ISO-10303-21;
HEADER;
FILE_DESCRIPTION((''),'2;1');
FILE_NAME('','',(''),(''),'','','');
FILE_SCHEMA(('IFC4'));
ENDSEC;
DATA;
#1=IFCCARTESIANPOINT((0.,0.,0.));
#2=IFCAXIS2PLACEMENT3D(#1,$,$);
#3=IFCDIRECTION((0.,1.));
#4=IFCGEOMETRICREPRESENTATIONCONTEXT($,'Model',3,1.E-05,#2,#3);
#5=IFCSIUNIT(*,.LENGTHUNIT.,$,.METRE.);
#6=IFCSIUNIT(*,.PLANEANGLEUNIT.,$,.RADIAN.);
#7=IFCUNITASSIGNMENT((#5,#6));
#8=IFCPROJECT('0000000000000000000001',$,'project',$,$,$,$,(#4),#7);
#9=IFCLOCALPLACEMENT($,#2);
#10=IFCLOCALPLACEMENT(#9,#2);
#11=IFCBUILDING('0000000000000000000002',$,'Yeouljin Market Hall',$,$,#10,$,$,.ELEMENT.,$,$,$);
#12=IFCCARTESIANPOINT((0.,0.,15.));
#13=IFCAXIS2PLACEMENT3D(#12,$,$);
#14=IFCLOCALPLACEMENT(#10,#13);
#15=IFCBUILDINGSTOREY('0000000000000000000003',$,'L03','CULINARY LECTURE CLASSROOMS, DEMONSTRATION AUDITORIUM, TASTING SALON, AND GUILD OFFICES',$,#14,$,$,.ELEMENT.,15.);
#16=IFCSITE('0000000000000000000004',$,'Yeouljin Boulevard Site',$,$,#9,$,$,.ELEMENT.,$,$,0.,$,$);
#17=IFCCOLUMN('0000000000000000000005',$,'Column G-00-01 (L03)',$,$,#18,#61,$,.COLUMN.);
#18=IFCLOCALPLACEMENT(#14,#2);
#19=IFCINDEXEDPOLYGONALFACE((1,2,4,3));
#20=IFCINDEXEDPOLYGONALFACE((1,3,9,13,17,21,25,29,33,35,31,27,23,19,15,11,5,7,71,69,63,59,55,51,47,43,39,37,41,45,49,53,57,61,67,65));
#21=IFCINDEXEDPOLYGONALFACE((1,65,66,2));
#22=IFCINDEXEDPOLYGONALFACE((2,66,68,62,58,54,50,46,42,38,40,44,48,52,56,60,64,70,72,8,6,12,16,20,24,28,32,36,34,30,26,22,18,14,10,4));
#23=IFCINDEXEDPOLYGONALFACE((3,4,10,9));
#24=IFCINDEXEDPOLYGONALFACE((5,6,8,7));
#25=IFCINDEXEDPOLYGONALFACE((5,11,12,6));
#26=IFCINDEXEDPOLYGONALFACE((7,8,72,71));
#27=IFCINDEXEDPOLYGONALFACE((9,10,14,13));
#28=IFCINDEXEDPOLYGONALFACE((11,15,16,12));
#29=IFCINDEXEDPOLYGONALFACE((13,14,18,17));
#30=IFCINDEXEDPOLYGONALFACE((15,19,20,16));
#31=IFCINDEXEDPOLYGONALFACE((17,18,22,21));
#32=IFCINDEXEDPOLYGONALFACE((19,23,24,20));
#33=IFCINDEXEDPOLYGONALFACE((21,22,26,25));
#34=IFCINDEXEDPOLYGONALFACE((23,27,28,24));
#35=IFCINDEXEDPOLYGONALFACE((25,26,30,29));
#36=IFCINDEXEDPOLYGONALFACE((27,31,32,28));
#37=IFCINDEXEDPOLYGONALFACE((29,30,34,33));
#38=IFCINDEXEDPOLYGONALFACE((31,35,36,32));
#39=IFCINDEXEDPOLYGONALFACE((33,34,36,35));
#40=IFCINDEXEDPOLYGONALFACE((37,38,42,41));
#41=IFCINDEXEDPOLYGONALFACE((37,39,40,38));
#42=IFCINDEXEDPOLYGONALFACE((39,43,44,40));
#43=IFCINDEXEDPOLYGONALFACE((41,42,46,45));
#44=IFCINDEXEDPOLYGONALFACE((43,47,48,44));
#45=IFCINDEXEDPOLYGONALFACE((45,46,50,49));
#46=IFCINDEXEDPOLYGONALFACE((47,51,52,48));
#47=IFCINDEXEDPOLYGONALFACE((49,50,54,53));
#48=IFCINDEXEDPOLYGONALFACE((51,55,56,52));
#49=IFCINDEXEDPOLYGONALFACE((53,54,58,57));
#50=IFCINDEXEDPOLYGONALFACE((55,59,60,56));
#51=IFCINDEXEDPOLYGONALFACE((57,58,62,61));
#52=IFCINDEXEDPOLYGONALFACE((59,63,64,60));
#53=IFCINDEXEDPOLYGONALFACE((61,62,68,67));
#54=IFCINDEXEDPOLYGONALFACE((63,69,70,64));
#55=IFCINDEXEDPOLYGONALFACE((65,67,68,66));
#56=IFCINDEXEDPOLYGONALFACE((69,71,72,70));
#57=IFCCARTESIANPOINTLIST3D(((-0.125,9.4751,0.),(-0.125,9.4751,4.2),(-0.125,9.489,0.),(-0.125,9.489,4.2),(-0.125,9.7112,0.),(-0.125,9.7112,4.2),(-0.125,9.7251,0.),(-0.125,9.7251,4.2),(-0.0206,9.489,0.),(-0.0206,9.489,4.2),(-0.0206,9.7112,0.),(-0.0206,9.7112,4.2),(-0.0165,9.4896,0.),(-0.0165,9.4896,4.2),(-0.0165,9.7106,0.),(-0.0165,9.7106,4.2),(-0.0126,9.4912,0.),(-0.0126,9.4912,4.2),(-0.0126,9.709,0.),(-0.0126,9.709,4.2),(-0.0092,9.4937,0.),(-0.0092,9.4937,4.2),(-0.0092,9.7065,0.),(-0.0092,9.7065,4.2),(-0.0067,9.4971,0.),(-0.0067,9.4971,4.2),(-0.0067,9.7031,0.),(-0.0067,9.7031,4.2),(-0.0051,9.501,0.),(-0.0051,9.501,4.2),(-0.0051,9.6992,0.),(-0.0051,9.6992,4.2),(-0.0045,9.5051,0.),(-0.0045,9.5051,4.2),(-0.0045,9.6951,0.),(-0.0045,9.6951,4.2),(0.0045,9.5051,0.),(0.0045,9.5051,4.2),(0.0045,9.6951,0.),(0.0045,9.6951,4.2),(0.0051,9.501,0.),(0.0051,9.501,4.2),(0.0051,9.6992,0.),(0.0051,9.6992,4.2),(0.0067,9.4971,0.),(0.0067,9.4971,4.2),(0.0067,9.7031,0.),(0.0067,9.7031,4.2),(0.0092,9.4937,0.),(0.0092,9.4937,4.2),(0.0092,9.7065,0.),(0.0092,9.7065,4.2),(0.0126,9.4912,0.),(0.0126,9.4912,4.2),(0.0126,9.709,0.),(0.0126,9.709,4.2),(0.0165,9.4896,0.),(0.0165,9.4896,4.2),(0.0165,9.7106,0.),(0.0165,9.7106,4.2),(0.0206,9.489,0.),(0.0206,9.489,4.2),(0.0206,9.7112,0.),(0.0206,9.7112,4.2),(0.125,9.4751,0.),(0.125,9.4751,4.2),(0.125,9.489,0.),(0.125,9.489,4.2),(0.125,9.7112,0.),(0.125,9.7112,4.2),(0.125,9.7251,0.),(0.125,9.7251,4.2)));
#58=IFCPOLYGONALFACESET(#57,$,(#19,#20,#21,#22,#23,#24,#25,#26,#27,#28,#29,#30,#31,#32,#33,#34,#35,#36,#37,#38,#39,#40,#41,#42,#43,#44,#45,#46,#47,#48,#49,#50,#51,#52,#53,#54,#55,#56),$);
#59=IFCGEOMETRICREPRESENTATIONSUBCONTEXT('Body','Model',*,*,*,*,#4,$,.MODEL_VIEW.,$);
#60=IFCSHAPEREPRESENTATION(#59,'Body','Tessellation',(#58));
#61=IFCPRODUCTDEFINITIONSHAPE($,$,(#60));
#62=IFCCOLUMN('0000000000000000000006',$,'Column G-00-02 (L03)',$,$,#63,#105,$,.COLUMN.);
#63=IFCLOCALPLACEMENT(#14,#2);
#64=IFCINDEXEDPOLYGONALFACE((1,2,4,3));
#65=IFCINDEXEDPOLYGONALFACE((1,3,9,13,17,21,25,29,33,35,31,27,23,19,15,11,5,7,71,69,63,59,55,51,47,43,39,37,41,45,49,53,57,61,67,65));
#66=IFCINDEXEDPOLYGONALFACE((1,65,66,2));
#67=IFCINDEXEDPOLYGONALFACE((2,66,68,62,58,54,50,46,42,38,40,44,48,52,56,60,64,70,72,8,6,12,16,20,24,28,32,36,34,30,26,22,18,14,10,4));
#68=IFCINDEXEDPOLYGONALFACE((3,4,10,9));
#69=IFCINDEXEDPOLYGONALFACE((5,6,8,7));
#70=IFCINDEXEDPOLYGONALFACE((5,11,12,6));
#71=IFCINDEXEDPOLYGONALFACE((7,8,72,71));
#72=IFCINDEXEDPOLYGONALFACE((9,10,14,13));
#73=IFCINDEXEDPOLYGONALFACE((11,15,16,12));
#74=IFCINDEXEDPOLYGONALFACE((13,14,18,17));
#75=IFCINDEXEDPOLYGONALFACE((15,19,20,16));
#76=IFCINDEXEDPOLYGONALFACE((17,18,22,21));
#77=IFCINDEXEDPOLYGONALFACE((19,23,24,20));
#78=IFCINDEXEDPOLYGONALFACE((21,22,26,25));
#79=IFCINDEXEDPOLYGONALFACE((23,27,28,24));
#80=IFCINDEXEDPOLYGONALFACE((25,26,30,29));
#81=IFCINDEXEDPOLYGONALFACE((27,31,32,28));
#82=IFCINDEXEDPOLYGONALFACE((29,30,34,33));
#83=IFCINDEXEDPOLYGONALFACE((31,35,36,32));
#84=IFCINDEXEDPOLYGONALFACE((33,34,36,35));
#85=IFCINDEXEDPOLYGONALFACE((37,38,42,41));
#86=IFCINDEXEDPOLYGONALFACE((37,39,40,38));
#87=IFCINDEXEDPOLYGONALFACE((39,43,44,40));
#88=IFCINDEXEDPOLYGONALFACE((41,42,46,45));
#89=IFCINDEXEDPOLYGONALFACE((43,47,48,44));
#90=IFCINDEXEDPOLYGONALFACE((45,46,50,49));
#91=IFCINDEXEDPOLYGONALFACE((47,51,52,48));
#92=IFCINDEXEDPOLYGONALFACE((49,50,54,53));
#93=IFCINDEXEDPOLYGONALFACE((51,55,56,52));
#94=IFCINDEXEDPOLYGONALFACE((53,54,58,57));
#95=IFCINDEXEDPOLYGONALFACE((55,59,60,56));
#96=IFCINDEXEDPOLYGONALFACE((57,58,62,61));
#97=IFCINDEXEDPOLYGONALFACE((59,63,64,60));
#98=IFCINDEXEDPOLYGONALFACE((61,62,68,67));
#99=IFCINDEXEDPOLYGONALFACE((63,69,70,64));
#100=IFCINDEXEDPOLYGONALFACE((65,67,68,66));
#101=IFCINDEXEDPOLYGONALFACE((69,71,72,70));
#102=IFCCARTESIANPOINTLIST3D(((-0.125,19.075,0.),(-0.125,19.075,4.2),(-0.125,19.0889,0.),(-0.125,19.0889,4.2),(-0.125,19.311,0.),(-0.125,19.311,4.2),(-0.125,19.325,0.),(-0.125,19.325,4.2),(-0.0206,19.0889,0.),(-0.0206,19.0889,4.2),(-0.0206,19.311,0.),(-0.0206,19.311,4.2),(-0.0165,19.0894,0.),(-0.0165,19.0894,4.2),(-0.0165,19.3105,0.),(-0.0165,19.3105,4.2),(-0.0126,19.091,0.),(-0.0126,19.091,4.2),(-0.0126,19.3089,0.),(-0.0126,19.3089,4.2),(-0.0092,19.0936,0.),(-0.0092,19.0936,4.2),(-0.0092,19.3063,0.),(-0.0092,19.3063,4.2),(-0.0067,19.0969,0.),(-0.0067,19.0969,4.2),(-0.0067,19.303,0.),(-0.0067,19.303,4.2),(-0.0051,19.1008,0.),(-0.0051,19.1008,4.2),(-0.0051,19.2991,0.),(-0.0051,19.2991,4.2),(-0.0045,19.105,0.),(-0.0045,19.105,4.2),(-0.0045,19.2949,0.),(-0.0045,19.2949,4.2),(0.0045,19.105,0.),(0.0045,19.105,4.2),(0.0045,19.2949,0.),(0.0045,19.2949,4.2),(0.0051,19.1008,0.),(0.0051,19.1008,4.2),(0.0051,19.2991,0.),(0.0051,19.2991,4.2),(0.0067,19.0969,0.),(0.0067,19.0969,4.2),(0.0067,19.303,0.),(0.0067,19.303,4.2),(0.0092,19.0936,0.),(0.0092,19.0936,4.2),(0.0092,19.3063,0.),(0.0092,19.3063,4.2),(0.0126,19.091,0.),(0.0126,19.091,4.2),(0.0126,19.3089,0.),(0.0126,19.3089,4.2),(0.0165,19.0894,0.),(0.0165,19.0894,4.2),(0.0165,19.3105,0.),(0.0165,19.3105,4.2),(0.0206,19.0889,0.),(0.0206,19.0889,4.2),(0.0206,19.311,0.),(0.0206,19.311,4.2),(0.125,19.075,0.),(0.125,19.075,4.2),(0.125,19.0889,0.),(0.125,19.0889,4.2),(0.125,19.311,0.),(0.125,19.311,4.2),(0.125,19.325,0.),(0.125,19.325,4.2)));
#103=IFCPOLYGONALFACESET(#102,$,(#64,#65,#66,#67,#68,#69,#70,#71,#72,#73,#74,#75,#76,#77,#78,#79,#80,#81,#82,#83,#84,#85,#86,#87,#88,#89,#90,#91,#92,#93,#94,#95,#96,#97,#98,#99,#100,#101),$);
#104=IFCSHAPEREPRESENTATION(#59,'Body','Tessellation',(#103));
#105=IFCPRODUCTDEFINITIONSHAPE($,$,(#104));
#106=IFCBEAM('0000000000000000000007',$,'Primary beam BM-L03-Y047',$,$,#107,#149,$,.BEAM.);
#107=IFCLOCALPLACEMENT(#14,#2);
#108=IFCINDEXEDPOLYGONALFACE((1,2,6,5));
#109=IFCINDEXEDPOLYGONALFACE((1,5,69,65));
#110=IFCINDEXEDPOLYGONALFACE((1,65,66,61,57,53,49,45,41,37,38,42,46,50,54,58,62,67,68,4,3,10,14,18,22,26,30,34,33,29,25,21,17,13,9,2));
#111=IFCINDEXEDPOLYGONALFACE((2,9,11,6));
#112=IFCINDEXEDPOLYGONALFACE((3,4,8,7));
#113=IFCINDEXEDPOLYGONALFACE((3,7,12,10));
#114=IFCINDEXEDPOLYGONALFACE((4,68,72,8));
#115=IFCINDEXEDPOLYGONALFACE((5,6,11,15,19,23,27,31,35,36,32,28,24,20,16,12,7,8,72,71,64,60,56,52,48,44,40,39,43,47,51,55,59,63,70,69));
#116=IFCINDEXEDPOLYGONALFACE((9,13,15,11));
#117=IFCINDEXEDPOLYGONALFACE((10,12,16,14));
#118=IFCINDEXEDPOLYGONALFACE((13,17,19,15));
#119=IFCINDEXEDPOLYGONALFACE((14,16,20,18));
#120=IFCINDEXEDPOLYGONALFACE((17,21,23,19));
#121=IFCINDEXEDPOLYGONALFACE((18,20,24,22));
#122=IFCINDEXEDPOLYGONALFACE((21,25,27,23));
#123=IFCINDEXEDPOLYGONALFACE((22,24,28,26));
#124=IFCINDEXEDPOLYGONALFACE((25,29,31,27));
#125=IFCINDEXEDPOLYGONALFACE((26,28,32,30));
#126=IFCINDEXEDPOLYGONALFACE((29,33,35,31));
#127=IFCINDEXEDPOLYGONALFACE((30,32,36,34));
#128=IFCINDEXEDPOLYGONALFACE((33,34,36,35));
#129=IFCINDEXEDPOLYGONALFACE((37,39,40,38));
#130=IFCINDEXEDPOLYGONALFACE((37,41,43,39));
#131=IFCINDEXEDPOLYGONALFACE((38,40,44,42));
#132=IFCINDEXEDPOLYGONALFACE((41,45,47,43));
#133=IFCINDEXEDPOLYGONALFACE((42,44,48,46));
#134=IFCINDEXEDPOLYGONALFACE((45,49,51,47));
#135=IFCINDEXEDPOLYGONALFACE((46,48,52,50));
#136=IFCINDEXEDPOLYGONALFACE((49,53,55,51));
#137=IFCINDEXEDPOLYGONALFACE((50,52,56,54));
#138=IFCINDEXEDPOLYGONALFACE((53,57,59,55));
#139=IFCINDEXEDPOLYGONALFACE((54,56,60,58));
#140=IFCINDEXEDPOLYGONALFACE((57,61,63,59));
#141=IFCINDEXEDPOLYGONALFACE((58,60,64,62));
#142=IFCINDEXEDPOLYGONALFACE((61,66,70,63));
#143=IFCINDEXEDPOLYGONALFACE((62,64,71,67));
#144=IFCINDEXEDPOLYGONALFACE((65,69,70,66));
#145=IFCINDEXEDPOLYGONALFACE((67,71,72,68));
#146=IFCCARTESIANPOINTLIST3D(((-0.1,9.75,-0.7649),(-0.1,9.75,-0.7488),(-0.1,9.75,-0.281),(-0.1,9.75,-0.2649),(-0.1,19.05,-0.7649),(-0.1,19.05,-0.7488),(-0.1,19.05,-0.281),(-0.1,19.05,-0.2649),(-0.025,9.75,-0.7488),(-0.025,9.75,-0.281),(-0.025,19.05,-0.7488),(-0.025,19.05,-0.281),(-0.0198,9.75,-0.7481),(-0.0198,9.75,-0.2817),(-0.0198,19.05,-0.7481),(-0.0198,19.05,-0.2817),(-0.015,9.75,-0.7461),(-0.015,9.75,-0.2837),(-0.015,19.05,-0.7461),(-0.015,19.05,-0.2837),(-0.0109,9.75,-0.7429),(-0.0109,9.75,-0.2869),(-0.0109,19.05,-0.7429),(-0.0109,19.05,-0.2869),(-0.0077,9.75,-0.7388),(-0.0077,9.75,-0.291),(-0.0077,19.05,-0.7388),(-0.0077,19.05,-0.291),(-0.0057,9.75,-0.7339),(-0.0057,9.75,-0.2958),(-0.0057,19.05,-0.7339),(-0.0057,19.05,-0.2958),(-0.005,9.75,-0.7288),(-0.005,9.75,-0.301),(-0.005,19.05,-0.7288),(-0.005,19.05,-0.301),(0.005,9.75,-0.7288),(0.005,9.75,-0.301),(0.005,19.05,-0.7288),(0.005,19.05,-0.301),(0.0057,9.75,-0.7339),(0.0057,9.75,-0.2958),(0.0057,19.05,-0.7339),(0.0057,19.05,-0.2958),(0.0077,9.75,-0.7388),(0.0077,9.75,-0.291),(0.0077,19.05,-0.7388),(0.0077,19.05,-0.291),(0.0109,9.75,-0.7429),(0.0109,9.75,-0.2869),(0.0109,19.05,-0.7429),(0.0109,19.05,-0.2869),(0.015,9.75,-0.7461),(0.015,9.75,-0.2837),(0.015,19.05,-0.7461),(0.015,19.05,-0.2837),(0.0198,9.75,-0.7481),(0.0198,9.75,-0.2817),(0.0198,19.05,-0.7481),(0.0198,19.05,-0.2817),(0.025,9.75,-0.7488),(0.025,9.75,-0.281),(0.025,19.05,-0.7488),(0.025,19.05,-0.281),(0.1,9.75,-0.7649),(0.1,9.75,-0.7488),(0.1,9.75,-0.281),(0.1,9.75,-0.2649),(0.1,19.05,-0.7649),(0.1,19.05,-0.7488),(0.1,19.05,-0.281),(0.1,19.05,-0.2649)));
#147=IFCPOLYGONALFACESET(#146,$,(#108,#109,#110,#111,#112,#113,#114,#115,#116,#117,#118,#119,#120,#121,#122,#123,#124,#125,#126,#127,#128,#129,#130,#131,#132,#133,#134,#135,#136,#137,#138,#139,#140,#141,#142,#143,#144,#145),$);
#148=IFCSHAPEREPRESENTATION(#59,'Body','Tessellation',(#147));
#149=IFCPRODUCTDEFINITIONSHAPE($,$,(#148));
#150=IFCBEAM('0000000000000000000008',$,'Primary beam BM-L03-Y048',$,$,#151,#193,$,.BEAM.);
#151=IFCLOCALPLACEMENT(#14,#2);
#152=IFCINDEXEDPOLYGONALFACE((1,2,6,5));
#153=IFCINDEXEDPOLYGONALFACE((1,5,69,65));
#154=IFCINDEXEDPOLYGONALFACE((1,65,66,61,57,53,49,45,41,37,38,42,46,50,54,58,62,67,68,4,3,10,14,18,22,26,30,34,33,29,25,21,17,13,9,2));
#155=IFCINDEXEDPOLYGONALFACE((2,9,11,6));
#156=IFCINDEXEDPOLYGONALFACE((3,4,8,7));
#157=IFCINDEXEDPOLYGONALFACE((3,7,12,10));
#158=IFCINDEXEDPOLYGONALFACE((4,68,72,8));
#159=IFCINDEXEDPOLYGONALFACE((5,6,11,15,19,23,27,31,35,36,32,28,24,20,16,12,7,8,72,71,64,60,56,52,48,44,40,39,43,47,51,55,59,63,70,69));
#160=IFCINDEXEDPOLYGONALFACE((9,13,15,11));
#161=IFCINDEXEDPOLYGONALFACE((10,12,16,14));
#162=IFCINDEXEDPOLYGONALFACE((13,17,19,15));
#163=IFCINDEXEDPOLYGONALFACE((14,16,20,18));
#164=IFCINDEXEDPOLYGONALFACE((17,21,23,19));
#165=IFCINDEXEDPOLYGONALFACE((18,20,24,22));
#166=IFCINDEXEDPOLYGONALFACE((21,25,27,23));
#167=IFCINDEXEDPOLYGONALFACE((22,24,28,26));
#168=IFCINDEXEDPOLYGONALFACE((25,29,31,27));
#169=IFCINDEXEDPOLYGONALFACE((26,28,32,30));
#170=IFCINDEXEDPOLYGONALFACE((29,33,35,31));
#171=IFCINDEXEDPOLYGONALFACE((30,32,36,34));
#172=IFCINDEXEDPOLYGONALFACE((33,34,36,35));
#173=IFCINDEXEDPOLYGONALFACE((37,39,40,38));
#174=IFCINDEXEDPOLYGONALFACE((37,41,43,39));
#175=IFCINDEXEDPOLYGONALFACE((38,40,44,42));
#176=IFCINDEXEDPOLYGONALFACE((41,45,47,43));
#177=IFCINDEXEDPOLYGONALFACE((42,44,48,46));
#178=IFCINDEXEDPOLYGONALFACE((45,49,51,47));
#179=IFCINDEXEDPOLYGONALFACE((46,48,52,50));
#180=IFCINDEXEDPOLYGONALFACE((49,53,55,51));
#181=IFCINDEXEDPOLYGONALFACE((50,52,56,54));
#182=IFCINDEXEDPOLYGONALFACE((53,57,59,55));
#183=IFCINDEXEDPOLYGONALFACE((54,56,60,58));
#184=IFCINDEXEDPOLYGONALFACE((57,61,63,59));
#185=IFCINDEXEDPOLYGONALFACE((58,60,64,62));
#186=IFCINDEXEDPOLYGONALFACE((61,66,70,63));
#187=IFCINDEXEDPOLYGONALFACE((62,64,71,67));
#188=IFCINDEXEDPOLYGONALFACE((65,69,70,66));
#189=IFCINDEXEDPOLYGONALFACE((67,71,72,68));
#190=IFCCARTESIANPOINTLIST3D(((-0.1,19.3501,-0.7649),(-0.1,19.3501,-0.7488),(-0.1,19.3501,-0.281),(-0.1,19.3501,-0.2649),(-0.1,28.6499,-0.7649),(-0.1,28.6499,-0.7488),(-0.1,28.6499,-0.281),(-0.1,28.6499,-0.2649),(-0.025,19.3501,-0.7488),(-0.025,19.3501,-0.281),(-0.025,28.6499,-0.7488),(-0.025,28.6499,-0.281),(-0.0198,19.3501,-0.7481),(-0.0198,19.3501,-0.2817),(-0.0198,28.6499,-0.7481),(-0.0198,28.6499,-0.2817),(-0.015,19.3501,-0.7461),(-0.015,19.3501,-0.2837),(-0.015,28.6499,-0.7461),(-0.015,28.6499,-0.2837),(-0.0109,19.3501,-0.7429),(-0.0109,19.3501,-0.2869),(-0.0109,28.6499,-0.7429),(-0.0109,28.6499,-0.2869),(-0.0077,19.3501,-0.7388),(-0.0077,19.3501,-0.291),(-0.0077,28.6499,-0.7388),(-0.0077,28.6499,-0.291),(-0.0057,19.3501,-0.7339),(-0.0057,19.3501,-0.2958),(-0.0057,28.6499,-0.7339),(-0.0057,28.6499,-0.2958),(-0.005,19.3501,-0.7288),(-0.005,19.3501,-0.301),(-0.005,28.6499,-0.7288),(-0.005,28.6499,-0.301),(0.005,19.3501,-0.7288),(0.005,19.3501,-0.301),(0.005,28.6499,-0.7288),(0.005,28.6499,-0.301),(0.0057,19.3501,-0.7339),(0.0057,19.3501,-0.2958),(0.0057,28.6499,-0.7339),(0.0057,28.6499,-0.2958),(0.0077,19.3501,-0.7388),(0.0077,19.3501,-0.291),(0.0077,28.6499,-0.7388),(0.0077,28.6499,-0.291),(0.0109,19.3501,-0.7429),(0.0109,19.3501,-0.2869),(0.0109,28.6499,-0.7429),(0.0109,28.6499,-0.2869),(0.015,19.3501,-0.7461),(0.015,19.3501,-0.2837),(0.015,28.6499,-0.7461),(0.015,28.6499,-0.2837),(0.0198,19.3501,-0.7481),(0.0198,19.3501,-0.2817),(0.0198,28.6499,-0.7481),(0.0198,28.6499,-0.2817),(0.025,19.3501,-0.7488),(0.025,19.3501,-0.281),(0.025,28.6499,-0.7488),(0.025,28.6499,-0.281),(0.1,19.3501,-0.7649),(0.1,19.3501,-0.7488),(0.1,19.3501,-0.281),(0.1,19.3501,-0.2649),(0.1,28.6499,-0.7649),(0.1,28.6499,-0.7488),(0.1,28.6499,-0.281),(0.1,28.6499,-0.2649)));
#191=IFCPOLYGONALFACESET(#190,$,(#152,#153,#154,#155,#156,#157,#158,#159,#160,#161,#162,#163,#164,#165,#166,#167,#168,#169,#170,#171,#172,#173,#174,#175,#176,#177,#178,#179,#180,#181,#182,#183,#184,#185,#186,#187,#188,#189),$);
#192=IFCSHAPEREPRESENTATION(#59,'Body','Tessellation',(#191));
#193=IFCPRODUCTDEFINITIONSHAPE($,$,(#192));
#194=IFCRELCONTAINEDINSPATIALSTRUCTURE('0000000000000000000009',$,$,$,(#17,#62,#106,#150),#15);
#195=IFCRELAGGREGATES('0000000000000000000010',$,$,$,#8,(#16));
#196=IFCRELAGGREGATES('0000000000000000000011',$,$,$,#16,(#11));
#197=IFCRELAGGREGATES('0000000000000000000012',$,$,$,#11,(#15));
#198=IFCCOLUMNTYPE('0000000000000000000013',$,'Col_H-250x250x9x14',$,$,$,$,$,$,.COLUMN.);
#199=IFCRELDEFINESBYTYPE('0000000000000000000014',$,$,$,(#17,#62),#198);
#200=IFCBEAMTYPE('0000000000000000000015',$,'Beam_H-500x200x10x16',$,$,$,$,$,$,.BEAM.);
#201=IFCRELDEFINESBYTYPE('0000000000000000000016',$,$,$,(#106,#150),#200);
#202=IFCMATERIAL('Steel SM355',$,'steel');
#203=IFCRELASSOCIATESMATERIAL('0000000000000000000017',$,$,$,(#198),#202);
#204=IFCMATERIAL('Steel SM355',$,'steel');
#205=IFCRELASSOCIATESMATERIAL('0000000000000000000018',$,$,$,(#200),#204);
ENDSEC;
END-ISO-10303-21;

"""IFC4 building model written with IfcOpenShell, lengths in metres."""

from ifc_helpers import new_model, si_unit, direction, frame, origin, origin_2d, place, context, subcontext, project, spatial, i_section, extrude, material, material_profile, profile_set, type_object, element, save


model = new_model("IFC4")

# Units and contexts
model_context = context("Model", 3, precision=1e-05, world=origin(), true_north=direction((0.0, 1.0)))
body_context = subcontext(model_context, "Body", "Model", "MODEL_VIEW")
ifc_project = project(units=[si_unit("LENGTHUNIT", "METRE"), si_unit("PLANEANGLEUNIT", "RADIAN")], contexts=[model_context])

# Site, building, storey
site_placement = place(None, origin())
site = spatial("IfcSite", under=ifc_project, at=site_placement, Name="Yeouljin Boulevard Site", CompositionType="ELEMENT", RefElevation=0.0)
building_placement = place(site_placement, origin())
building = spatial("IfcBuilding", under=site, at=building_placement, Name="Yeouljin Market Hall", CompositionType="ELEMENT")
storey_placement = place(building_placement, frame((0.0, 0.0, 15.0)))
storey = spatial("IfcBuildingStorey", under=building, at=storey_placement, Name="L03", Description="CULINARY LECTURE CLASSROOMS, DEMONSTRATION AUDITORIUM, TASTING SALON, AND GUILD OFFICES", CompositionType="ELEMENT", Elevation=15.0)

# Columns
ifc_material_1 = material(Name="Steel SM355", Category="steel")
ifc_material_profile_1 = material_profile(ifc_material_1, i_section(OverallWidth=0.25, OverallDepth=0.25, WebThickness=0.009, FlangeThickness=0.0139, FilletRadius=0.0161, at=origin_2d()), Name="H-250x250x9x14")
ifc_profile_set_1 = profile_set([ifc_material_profile_1], Name="Steel SM355")
column_type = type_object("IfcColumnType", Name="Col_H-250x250x9x14", PredefinedType="COLUMN", material=ifc_profile_set_1)
for number, where, z_axis, x_axis, name in (
    (1, (0.0, 9.6001, 0.0), (0.0, 0.0, 1.0), (1.0, 0.0, 0.0), "Column G-00-01 (L03)"),
    (2, (0.0, 19.2, 0.0), (0.0, 0.0, 1.0), (1.0, 0.0, 0.0), "Column G-00-02 (L03)"),
):
    element("IfcColumn", number, at=place(storey_placement, frame(where, z_axis=z_axis, x_axis=x_axis)), inside=storey, type_object=column_type, Name=name, PredefinedType="COLUMN", context=body_context, shape_type="SweptSolid", body=[
        extrude(i_section(OverallWidth=0.25, OverallDepth=0.25, WebThickness=0.009, FlangeThickness=0.0139, FilletRadius=0.0161, at=origin_2d()), origin(), (0.0, 0.0, 1.0), 4.2),
    ])

# Beams
ifc_material_2 = material(Name="Steel SM355", Category="steel")
ifc_material_profile_2 = material_profile(ifc_material_2, i_section(OverallWidth=0.2, OverallDepth=0.5, WebThickness=0.01, FlangeThickness=0.0161, FilletRadius=0.02, at=origin_2d()), Name="H-500x200x10x16")
ifc_profile_set_2 = profile_set([ifc_material_profile_2], Name="Steel SM355")
beam_type_1 = type_object("IfcBeamType", Name="Beam_H-500x200x10x16", PredefinedType="BEAM", material=ifc_profile_set_2)
beam_1_placement = place(storey_placement, frame((0.0, 9.75, -0.5149), z_axis=(0.0, 1.0, 0.0), x_axis=(-1.0, 0.0, 0.0)))
element("IfcBeam", 3, at=beam_1_placement, inside=storey, type_object=beam_type_1, Name="Primary beam BM-L03-Y047", PredefinedType="BEAM", context=body_context, shape_type="SweptSolid", body=[
    extrude(i_section(OverallWidth=0.2, OverallDepth=0.5, WebThickness=0.01, FlangeThickness=0.0161, FilletRadius=0.02, at=origin_2d()), origin(), (0.0, 0.0, 1.0), 9.3),
])
beam_2_placement = place(storey_placement, frame((0.0, 19.3501, -0.5149), z_axis=(0.0, 1.0, 0.0), x_axis=(-1.0, 0.0, 0.0)))
element("IfcBeam", 4, at=beam_2_placement, inside=storey, type_object=beam_type_1, Name="Primary beam BM-L03-Y048", PredefinedType="BEAM", context=body_context, shape_type="SweptSolid", body=[
    extrude(i_section(OverallWidth=0.2, OverallDepth=0.5, WebThickness=0.01, FlangeThickness=0.0161, FilletRadius=0.02, at=origin_2d()), origin(), (0.0, 0.0, 1.0), 9.2998),
])

save(model, "model.ifc")
